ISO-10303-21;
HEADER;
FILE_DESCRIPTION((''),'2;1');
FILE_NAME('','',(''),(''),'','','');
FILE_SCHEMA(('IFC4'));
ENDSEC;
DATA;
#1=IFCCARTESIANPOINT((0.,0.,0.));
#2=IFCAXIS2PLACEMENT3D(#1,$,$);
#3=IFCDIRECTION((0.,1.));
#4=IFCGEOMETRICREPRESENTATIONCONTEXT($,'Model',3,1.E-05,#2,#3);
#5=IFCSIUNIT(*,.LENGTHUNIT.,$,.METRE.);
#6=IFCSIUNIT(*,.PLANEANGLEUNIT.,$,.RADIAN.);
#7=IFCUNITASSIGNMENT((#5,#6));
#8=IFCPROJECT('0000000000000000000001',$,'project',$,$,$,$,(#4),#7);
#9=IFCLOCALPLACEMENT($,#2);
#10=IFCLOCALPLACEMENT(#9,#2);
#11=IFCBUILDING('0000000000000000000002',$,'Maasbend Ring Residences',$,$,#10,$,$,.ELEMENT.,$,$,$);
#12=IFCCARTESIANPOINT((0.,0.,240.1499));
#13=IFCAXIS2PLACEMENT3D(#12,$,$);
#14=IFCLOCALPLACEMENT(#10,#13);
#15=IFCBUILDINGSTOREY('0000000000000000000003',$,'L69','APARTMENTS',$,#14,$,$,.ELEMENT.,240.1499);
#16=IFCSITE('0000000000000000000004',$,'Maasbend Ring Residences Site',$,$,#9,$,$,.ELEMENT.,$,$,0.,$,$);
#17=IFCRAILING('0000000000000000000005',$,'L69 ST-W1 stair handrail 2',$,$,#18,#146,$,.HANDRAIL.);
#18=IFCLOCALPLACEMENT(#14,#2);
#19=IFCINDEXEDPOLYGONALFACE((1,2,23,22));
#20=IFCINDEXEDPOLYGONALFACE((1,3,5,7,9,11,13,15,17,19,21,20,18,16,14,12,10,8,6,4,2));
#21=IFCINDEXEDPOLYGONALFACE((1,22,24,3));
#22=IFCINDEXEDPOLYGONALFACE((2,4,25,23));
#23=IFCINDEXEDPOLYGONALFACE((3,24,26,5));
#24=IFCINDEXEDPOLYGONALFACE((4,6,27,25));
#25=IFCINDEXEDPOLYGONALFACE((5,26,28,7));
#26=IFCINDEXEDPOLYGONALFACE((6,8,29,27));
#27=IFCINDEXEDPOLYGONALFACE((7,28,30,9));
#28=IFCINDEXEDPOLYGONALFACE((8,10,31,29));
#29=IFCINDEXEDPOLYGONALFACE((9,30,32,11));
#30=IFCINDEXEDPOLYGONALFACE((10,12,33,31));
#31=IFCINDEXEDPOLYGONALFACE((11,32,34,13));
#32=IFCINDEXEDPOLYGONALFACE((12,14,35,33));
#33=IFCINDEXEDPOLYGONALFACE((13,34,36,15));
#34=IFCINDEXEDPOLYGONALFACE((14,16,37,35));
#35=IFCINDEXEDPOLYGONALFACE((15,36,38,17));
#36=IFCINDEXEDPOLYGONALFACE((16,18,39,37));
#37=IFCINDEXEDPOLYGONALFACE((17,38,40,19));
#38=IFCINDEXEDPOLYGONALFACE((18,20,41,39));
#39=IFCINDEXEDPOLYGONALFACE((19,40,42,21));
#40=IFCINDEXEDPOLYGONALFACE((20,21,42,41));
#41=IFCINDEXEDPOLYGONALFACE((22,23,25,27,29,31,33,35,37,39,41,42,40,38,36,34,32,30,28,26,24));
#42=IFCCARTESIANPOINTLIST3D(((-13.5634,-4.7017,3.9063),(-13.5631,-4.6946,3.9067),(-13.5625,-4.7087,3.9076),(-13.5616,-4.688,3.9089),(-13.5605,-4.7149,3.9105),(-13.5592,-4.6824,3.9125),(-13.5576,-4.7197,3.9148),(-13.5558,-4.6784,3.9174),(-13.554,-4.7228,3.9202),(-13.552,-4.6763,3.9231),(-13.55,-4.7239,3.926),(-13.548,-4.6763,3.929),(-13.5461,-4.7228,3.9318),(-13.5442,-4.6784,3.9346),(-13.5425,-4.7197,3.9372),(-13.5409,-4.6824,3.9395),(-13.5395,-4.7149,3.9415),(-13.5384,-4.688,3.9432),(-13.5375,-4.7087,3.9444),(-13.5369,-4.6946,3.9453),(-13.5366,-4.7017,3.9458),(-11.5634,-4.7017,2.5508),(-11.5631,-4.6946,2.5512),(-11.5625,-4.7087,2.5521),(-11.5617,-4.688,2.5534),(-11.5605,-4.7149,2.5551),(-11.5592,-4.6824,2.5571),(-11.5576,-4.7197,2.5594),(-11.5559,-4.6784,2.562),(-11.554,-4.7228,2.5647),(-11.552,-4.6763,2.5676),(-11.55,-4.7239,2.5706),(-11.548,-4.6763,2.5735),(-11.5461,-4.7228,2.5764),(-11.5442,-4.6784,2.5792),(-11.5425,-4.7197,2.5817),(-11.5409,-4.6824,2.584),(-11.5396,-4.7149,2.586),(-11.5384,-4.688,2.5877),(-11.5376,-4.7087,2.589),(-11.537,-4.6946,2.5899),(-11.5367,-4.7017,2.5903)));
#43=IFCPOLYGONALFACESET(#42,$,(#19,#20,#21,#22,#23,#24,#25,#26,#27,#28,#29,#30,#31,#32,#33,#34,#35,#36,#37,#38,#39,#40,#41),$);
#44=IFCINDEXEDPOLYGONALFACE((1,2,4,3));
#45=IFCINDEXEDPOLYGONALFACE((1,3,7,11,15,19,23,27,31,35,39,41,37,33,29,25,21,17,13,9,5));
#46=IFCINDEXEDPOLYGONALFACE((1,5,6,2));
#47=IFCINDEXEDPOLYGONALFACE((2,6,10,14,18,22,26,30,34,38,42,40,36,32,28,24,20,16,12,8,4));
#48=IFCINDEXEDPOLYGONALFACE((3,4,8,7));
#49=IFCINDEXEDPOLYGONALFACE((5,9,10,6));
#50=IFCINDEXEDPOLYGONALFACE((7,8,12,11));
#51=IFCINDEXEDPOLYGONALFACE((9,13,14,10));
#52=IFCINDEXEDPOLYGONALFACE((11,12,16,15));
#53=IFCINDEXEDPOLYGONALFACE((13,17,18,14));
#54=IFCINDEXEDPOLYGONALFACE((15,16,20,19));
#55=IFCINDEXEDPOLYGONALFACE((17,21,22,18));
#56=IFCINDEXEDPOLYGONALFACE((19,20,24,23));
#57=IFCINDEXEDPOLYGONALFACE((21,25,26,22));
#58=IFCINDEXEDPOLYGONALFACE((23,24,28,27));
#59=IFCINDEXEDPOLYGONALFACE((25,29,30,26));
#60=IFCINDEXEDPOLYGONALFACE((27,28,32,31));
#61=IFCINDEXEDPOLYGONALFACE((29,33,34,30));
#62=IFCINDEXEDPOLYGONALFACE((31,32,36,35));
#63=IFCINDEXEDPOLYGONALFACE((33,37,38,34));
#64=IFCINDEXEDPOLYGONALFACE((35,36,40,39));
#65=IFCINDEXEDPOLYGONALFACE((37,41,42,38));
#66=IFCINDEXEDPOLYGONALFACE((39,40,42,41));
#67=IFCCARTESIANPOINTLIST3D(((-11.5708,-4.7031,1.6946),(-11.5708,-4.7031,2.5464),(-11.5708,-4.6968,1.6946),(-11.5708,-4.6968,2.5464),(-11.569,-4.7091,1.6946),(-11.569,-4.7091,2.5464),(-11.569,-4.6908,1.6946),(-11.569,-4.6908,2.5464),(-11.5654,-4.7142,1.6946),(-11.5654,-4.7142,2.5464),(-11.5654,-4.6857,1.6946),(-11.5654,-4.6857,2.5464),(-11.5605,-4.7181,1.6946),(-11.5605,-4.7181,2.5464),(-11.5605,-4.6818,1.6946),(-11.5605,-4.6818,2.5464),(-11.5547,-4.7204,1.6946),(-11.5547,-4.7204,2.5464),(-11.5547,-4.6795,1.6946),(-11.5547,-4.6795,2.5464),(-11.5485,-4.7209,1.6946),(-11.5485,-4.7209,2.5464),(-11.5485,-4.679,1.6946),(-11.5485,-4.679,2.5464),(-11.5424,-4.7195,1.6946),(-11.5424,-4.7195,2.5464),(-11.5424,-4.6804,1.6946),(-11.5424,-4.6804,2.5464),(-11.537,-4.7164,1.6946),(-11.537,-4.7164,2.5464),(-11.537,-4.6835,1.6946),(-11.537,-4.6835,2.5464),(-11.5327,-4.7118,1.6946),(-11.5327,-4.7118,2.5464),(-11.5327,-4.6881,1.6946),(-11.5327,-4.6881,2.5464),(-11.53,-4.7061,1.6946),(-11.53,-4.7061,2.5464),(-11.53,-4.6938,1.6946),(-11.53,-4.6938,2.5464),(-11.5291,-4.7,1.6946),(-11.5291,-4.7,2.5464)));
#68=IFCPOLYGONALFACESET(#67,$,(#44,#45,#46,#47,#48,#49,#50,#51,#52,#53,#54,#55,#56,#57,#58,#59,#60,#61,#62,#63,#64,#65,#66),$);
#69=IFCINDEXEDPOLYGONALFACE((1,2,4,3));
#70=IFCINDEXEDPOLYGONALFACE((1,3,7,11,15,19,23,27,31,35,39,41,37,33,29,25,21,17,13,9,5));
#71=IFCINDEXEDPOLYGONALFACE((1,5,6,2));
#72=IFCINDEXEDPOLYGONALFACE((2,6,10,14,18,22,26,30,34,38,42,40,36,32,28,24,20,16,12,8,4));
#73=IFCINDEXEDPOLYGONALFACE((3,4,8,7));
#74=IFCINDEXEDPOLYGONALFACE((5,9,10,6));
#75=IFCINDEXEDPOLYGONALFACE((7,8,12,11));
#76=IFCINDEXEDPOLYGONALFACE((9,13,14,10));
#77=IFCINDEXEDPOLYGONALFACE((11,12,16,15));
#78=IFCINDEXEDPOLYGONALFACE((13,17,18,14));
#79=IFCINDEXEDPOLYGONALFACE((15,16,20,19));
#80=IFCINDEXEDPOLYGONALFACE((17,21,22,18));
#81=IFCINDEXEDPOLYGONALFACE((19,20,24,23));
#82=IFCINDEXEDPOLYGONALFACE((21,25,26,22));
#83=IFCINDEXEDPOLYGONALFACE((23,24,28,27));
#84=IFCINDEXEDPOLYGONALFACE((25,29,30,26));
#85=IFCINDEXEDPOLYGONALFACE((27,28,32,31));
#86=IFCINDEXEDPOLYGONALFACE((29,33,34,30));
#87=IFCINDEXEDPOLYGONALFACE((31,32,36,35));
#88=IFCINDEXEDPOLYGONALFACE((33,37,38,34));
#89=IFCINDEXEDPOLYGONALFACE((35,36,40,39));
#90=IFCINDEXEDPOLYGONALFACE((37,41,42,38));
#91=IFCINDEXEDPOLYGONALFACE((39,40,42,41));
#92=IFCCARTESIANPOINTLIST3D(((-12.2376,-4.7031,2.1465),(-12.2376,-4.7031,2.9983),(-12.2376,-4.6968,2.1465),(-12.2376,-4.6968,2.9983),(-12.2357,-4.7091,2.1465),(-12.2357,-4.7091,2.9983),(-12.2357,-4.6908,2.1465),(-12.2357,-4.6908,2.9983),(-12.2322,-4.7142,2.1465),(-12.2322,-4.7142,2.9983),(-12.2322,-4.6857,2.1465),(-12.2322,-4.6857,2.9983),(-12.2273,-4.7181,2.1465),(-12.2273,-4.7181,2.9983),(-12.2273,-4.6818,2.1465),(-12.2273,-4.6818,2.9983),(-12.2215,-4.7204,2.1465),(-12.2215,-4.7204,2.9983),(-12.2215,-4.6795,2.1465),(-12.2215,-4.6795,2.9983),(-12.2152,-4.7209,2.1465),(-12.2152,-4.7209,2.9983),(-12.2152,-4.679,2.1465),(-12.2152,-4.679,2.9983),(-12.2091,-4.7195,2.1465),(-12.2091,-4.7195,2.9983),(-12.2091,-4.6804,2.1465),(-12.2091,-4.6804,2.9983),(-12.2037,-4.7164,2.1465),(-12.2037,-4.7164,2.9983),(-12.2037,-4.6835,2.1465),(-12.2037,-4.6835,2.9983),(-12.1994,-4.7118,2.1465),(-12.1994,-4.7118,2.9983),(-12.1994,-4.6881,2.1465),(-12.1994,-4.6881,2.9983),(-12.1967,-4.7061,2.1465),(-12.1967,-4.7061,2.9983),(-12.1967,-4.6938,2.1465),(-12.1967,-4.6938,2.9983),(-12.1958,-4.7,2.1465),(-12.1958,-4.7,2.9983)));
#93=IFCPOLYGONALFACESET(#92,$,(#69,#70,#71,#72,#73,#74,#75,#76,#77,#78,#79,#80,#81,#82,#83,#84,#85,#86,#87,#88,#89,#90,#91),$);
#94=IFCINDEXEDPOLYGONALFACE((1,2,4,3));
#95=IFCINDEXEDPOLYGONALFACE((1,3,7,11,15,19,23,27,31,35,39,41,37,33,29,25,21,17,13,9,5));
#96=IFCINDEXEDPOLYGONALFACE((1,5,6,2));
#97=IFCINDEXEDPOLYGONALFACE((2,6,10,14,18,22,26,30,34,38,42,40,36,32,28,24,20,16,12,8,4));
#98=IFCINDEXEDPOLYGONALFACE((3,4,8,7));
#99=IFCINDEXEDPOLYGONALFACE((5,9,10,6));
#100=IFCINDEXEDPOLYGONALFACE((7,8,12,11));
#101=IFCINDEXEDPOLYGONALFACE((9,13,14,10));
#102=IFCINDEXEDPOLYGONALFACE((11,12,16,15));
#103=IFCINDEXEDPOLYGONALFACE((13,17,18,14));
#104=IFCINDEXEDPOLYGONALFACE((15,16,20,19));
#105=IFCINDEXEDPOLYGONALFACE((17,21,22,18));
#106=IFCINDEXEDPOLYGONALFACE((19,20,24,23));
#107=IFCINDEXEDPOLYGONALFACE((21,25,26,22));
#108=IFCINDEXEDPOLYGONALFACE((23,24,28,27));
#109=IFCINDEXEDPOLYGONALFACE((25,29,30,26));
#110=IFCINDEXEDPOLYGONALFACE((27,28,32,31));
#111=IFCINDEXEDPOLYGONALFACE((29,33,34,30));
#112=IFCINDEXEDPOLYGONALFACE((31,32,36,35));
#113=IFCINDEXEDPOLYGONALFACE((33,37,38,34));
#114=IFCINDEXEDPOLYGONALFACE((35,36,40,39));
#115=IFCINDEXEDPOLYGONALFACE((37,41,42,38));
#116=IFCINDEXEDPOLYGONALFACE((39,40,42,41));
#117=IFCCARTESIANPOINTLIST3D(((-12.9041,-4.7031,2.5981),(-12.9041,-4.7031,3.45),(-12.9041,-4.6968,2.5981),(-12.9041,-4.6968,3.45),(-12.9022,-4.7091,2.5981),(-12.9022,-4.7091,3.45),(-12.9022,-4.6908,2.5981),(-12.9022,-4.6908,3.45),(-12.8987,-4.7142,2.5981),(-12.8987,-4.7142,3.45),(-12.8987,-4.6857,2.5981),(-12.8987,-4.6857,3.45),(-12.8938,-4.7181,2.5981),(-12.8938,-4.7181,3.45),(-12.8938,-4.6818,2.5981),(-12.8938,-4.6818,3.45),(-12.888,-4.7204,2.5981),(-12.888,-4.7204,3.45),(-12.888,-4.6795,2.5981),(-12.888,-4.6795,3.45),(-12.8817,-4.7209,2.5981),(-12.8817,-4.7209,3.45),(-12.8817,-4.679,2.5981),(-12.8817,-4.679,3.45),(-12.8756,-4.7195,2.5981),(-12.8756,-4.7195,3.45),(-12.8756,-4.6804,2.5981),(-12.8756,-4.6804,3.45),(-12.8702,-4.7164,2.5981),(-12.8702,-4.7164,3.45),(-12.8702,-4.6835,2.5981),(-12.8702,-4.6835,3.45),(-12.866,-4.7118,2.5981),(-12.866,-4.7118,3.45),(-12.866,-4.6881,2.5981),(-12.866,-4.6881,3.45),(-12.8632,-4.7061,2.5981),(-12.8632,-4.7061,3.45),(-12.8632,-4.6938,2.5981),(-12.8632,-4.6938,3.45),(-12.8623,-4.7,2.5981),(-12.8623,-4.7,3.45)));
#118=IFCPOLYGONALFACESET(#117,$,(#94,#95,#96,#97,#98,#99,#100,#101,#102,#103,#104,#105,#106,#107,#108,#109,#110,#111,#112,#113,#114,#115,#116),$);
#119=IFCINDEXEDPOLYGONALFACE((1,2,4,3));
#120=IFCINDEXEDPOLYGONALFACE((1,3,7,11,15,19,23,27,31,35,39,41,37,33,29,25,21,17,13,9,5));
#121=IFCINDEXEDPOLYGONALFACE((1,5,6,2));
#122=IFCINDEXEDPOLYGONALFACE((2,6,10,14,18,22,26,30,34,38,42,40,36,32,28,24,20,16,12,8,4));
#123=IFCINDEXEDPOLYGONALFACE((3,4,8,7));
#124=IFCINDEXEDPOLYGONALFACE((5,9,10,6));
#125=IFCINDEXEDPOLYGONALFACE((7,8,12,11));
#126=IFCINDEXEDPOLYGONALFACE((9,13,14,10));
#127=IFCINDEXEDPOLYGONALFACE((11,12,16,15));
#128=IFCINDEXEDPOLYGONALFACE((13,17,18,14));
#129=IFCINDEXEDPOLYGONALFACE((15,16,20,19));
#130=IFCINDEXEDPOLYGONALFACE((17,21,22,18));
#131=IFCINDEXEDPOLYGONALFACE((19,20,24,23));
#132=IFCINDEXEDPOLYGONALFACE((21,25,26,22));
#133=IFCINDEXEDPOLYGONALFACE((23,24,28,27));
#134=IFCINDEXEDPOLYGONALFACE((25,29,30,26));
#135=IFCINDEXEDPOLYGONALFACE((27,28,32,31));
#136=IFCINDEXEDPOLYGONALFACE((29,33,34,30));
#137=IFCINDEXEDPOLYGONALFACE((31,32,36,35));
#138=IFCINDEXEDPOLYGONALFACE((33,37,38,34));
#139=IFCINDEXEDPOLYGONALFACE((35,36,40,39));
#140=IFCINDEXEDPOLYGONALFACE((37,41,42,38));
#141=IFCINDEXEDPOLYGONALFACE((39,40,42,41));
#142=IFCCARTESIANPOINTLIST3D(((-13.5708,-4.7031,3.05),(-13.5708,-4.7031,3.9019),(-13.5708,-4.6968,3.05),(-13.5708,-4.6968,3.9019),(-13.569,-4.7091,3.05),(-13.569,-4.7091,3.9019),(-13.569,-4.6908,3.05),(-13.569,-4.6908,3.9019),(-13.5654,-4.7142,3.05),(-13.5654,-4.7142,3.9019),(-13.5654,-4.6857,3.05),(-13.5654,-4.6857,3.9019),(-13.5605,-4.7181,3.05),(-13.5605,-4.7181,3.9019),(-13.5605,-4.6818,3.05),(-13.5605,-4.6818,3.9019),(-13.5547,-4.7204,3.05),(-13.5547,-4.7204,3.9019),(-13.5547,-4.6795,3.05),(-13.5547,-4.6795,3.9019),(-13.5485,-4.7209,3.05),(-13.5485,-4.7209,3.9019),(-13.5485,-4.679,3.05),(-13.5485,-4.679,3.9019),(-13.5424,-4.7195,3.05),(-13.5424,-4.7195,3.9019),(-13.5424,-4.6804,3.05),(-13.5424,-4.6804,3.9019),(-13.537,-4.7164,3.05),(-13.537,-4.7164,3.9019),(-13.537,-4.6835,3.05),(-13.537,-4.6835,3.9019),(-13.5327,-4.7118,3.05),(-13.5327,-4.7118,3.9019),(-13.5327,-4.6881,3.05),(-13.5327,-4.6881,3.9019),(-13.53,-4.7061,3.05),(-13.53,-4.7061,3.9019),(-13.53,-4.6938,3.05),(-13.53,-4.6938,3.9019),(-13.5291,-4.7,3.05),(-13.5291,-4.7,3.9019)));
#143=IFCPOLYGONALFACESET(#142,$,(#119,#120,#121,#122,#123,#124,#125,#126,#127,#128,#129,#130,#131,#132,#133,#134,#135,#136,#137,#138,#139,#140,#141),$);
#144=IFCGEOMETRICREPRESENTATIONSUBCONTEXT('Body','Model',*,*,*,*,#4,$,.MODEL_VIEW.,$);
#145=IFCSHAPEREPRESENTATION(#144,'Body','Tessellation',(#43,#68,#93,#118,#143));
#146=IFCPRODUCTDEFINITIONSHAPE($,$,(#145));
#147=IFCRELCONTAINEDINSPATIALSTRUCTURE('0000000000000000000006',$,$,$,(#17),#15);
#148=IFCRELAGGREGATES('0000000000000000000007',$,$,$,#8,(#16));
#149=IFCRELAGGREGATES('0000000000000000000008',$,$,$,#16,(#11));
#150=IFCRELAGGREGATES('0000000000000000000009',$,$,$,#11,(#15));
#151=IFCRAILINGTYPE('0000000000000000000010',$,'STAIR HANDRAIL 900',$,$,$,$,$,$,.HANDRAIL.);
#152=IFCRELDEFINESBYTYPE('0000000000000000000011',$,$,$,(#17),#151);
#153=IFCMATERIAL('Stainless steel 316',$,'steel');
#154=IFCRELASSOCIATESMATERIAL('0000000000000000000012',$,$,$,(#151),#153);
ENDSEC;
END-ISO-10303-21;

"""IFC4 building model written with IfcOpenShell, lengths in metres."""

from ifc_helpers import new_model, si_unit, direction, frame, origin, origin_2d, place, context, subcontext, project, spatial, circle, extrude, material, type_object, element, save


model = new_model("IFC4")

# Units and contexts
model_context = context("Model", 3, precision=1e-05, world=origin(), true_north=direction((0.0, 1.0)))
body_context = subcontext(model_context, "Body", "Model", "MODEL_VIEW")
ifc_project = project(units=[si_unit("LENGTHUNIT", "METRE"), si_unit("PLANEANGLEUNIT", "RADIAN")], contexts=[model_context])

# Site, building, storey
site_placement = place(None, origin())
site = spatial("IfcSite", under=ifc_project, at=site_placement, Name="Maasbend Ring Residences Site", CompositionType="ELEMENT", RefElevation=0.0)
building_placement = place(site_placement, origin())
building = spatial("IfcBuilding", under=site, at=building_placement, Name="Maasbend Ring Residences", CompositionType="ELEMENT")
storey_placement = place(building_placement, frame((0.0, 0.0, 240.1499)))
storey = spatial("IfcBuildingStorey", under=building, at=storey_placement, Name="L69", Description="APARTMENTS", CompositionType="ELEMENT", Elevation=240.1499)

# Railing
ifc_material_1 = material(Name="Stainless steel 316", Category="steel")
railing_type_1 = type_object("IfcRailingType", Name="STAIR HANDRAIL 900", PredefinedType="HANDRAIL", material=ifc_material_1)
railing_1_placement = place(storey_placement, frame((-11.55, -4.7, 1.6946)))
element("IfcRailing", 1, at=railing_1_placement, inside=storey, type_object=railing_type_1, Name="L69 ST-W1 stair handrail 2", PredefinedType="HANDRAIL", context=body_context, shape_type="SweptSolid", body=[
    extrude(circle(Radius=0.0239, at=origin_2d()), frame((0.0, 0.0, 0.876), z_axis=(-0.827798, 0.0, 0.561027), x_axis=(0.0, -1.0, 0.0)), (0.0, 0.0, 1.0), 2.416),
    extrude(circle(Radius=0.021, at=origin_2d()), origin(), (0.0, 0.0, 1.0), 0.8518),
    extrude(circle(Radius=0.021, at=origin_2d()), frame((-0.6667, 0.0, 0.4519)), (0.0, 0.0, 1.0), 0.8518),
    extrude(circle(Radius=0.021, at=origin_2d()), frame((-1.3333, 0.0, 0.9036)), (0.0, 0.0, 1.0), 0.8518),
    extrude(circle(Radius=0.021, at=origin_2d()), frame((-2.0, 0.0, 1.3555)), (0.0, 0.0, 1.0), 0.8518),
])

save(model, "model.ifc")
